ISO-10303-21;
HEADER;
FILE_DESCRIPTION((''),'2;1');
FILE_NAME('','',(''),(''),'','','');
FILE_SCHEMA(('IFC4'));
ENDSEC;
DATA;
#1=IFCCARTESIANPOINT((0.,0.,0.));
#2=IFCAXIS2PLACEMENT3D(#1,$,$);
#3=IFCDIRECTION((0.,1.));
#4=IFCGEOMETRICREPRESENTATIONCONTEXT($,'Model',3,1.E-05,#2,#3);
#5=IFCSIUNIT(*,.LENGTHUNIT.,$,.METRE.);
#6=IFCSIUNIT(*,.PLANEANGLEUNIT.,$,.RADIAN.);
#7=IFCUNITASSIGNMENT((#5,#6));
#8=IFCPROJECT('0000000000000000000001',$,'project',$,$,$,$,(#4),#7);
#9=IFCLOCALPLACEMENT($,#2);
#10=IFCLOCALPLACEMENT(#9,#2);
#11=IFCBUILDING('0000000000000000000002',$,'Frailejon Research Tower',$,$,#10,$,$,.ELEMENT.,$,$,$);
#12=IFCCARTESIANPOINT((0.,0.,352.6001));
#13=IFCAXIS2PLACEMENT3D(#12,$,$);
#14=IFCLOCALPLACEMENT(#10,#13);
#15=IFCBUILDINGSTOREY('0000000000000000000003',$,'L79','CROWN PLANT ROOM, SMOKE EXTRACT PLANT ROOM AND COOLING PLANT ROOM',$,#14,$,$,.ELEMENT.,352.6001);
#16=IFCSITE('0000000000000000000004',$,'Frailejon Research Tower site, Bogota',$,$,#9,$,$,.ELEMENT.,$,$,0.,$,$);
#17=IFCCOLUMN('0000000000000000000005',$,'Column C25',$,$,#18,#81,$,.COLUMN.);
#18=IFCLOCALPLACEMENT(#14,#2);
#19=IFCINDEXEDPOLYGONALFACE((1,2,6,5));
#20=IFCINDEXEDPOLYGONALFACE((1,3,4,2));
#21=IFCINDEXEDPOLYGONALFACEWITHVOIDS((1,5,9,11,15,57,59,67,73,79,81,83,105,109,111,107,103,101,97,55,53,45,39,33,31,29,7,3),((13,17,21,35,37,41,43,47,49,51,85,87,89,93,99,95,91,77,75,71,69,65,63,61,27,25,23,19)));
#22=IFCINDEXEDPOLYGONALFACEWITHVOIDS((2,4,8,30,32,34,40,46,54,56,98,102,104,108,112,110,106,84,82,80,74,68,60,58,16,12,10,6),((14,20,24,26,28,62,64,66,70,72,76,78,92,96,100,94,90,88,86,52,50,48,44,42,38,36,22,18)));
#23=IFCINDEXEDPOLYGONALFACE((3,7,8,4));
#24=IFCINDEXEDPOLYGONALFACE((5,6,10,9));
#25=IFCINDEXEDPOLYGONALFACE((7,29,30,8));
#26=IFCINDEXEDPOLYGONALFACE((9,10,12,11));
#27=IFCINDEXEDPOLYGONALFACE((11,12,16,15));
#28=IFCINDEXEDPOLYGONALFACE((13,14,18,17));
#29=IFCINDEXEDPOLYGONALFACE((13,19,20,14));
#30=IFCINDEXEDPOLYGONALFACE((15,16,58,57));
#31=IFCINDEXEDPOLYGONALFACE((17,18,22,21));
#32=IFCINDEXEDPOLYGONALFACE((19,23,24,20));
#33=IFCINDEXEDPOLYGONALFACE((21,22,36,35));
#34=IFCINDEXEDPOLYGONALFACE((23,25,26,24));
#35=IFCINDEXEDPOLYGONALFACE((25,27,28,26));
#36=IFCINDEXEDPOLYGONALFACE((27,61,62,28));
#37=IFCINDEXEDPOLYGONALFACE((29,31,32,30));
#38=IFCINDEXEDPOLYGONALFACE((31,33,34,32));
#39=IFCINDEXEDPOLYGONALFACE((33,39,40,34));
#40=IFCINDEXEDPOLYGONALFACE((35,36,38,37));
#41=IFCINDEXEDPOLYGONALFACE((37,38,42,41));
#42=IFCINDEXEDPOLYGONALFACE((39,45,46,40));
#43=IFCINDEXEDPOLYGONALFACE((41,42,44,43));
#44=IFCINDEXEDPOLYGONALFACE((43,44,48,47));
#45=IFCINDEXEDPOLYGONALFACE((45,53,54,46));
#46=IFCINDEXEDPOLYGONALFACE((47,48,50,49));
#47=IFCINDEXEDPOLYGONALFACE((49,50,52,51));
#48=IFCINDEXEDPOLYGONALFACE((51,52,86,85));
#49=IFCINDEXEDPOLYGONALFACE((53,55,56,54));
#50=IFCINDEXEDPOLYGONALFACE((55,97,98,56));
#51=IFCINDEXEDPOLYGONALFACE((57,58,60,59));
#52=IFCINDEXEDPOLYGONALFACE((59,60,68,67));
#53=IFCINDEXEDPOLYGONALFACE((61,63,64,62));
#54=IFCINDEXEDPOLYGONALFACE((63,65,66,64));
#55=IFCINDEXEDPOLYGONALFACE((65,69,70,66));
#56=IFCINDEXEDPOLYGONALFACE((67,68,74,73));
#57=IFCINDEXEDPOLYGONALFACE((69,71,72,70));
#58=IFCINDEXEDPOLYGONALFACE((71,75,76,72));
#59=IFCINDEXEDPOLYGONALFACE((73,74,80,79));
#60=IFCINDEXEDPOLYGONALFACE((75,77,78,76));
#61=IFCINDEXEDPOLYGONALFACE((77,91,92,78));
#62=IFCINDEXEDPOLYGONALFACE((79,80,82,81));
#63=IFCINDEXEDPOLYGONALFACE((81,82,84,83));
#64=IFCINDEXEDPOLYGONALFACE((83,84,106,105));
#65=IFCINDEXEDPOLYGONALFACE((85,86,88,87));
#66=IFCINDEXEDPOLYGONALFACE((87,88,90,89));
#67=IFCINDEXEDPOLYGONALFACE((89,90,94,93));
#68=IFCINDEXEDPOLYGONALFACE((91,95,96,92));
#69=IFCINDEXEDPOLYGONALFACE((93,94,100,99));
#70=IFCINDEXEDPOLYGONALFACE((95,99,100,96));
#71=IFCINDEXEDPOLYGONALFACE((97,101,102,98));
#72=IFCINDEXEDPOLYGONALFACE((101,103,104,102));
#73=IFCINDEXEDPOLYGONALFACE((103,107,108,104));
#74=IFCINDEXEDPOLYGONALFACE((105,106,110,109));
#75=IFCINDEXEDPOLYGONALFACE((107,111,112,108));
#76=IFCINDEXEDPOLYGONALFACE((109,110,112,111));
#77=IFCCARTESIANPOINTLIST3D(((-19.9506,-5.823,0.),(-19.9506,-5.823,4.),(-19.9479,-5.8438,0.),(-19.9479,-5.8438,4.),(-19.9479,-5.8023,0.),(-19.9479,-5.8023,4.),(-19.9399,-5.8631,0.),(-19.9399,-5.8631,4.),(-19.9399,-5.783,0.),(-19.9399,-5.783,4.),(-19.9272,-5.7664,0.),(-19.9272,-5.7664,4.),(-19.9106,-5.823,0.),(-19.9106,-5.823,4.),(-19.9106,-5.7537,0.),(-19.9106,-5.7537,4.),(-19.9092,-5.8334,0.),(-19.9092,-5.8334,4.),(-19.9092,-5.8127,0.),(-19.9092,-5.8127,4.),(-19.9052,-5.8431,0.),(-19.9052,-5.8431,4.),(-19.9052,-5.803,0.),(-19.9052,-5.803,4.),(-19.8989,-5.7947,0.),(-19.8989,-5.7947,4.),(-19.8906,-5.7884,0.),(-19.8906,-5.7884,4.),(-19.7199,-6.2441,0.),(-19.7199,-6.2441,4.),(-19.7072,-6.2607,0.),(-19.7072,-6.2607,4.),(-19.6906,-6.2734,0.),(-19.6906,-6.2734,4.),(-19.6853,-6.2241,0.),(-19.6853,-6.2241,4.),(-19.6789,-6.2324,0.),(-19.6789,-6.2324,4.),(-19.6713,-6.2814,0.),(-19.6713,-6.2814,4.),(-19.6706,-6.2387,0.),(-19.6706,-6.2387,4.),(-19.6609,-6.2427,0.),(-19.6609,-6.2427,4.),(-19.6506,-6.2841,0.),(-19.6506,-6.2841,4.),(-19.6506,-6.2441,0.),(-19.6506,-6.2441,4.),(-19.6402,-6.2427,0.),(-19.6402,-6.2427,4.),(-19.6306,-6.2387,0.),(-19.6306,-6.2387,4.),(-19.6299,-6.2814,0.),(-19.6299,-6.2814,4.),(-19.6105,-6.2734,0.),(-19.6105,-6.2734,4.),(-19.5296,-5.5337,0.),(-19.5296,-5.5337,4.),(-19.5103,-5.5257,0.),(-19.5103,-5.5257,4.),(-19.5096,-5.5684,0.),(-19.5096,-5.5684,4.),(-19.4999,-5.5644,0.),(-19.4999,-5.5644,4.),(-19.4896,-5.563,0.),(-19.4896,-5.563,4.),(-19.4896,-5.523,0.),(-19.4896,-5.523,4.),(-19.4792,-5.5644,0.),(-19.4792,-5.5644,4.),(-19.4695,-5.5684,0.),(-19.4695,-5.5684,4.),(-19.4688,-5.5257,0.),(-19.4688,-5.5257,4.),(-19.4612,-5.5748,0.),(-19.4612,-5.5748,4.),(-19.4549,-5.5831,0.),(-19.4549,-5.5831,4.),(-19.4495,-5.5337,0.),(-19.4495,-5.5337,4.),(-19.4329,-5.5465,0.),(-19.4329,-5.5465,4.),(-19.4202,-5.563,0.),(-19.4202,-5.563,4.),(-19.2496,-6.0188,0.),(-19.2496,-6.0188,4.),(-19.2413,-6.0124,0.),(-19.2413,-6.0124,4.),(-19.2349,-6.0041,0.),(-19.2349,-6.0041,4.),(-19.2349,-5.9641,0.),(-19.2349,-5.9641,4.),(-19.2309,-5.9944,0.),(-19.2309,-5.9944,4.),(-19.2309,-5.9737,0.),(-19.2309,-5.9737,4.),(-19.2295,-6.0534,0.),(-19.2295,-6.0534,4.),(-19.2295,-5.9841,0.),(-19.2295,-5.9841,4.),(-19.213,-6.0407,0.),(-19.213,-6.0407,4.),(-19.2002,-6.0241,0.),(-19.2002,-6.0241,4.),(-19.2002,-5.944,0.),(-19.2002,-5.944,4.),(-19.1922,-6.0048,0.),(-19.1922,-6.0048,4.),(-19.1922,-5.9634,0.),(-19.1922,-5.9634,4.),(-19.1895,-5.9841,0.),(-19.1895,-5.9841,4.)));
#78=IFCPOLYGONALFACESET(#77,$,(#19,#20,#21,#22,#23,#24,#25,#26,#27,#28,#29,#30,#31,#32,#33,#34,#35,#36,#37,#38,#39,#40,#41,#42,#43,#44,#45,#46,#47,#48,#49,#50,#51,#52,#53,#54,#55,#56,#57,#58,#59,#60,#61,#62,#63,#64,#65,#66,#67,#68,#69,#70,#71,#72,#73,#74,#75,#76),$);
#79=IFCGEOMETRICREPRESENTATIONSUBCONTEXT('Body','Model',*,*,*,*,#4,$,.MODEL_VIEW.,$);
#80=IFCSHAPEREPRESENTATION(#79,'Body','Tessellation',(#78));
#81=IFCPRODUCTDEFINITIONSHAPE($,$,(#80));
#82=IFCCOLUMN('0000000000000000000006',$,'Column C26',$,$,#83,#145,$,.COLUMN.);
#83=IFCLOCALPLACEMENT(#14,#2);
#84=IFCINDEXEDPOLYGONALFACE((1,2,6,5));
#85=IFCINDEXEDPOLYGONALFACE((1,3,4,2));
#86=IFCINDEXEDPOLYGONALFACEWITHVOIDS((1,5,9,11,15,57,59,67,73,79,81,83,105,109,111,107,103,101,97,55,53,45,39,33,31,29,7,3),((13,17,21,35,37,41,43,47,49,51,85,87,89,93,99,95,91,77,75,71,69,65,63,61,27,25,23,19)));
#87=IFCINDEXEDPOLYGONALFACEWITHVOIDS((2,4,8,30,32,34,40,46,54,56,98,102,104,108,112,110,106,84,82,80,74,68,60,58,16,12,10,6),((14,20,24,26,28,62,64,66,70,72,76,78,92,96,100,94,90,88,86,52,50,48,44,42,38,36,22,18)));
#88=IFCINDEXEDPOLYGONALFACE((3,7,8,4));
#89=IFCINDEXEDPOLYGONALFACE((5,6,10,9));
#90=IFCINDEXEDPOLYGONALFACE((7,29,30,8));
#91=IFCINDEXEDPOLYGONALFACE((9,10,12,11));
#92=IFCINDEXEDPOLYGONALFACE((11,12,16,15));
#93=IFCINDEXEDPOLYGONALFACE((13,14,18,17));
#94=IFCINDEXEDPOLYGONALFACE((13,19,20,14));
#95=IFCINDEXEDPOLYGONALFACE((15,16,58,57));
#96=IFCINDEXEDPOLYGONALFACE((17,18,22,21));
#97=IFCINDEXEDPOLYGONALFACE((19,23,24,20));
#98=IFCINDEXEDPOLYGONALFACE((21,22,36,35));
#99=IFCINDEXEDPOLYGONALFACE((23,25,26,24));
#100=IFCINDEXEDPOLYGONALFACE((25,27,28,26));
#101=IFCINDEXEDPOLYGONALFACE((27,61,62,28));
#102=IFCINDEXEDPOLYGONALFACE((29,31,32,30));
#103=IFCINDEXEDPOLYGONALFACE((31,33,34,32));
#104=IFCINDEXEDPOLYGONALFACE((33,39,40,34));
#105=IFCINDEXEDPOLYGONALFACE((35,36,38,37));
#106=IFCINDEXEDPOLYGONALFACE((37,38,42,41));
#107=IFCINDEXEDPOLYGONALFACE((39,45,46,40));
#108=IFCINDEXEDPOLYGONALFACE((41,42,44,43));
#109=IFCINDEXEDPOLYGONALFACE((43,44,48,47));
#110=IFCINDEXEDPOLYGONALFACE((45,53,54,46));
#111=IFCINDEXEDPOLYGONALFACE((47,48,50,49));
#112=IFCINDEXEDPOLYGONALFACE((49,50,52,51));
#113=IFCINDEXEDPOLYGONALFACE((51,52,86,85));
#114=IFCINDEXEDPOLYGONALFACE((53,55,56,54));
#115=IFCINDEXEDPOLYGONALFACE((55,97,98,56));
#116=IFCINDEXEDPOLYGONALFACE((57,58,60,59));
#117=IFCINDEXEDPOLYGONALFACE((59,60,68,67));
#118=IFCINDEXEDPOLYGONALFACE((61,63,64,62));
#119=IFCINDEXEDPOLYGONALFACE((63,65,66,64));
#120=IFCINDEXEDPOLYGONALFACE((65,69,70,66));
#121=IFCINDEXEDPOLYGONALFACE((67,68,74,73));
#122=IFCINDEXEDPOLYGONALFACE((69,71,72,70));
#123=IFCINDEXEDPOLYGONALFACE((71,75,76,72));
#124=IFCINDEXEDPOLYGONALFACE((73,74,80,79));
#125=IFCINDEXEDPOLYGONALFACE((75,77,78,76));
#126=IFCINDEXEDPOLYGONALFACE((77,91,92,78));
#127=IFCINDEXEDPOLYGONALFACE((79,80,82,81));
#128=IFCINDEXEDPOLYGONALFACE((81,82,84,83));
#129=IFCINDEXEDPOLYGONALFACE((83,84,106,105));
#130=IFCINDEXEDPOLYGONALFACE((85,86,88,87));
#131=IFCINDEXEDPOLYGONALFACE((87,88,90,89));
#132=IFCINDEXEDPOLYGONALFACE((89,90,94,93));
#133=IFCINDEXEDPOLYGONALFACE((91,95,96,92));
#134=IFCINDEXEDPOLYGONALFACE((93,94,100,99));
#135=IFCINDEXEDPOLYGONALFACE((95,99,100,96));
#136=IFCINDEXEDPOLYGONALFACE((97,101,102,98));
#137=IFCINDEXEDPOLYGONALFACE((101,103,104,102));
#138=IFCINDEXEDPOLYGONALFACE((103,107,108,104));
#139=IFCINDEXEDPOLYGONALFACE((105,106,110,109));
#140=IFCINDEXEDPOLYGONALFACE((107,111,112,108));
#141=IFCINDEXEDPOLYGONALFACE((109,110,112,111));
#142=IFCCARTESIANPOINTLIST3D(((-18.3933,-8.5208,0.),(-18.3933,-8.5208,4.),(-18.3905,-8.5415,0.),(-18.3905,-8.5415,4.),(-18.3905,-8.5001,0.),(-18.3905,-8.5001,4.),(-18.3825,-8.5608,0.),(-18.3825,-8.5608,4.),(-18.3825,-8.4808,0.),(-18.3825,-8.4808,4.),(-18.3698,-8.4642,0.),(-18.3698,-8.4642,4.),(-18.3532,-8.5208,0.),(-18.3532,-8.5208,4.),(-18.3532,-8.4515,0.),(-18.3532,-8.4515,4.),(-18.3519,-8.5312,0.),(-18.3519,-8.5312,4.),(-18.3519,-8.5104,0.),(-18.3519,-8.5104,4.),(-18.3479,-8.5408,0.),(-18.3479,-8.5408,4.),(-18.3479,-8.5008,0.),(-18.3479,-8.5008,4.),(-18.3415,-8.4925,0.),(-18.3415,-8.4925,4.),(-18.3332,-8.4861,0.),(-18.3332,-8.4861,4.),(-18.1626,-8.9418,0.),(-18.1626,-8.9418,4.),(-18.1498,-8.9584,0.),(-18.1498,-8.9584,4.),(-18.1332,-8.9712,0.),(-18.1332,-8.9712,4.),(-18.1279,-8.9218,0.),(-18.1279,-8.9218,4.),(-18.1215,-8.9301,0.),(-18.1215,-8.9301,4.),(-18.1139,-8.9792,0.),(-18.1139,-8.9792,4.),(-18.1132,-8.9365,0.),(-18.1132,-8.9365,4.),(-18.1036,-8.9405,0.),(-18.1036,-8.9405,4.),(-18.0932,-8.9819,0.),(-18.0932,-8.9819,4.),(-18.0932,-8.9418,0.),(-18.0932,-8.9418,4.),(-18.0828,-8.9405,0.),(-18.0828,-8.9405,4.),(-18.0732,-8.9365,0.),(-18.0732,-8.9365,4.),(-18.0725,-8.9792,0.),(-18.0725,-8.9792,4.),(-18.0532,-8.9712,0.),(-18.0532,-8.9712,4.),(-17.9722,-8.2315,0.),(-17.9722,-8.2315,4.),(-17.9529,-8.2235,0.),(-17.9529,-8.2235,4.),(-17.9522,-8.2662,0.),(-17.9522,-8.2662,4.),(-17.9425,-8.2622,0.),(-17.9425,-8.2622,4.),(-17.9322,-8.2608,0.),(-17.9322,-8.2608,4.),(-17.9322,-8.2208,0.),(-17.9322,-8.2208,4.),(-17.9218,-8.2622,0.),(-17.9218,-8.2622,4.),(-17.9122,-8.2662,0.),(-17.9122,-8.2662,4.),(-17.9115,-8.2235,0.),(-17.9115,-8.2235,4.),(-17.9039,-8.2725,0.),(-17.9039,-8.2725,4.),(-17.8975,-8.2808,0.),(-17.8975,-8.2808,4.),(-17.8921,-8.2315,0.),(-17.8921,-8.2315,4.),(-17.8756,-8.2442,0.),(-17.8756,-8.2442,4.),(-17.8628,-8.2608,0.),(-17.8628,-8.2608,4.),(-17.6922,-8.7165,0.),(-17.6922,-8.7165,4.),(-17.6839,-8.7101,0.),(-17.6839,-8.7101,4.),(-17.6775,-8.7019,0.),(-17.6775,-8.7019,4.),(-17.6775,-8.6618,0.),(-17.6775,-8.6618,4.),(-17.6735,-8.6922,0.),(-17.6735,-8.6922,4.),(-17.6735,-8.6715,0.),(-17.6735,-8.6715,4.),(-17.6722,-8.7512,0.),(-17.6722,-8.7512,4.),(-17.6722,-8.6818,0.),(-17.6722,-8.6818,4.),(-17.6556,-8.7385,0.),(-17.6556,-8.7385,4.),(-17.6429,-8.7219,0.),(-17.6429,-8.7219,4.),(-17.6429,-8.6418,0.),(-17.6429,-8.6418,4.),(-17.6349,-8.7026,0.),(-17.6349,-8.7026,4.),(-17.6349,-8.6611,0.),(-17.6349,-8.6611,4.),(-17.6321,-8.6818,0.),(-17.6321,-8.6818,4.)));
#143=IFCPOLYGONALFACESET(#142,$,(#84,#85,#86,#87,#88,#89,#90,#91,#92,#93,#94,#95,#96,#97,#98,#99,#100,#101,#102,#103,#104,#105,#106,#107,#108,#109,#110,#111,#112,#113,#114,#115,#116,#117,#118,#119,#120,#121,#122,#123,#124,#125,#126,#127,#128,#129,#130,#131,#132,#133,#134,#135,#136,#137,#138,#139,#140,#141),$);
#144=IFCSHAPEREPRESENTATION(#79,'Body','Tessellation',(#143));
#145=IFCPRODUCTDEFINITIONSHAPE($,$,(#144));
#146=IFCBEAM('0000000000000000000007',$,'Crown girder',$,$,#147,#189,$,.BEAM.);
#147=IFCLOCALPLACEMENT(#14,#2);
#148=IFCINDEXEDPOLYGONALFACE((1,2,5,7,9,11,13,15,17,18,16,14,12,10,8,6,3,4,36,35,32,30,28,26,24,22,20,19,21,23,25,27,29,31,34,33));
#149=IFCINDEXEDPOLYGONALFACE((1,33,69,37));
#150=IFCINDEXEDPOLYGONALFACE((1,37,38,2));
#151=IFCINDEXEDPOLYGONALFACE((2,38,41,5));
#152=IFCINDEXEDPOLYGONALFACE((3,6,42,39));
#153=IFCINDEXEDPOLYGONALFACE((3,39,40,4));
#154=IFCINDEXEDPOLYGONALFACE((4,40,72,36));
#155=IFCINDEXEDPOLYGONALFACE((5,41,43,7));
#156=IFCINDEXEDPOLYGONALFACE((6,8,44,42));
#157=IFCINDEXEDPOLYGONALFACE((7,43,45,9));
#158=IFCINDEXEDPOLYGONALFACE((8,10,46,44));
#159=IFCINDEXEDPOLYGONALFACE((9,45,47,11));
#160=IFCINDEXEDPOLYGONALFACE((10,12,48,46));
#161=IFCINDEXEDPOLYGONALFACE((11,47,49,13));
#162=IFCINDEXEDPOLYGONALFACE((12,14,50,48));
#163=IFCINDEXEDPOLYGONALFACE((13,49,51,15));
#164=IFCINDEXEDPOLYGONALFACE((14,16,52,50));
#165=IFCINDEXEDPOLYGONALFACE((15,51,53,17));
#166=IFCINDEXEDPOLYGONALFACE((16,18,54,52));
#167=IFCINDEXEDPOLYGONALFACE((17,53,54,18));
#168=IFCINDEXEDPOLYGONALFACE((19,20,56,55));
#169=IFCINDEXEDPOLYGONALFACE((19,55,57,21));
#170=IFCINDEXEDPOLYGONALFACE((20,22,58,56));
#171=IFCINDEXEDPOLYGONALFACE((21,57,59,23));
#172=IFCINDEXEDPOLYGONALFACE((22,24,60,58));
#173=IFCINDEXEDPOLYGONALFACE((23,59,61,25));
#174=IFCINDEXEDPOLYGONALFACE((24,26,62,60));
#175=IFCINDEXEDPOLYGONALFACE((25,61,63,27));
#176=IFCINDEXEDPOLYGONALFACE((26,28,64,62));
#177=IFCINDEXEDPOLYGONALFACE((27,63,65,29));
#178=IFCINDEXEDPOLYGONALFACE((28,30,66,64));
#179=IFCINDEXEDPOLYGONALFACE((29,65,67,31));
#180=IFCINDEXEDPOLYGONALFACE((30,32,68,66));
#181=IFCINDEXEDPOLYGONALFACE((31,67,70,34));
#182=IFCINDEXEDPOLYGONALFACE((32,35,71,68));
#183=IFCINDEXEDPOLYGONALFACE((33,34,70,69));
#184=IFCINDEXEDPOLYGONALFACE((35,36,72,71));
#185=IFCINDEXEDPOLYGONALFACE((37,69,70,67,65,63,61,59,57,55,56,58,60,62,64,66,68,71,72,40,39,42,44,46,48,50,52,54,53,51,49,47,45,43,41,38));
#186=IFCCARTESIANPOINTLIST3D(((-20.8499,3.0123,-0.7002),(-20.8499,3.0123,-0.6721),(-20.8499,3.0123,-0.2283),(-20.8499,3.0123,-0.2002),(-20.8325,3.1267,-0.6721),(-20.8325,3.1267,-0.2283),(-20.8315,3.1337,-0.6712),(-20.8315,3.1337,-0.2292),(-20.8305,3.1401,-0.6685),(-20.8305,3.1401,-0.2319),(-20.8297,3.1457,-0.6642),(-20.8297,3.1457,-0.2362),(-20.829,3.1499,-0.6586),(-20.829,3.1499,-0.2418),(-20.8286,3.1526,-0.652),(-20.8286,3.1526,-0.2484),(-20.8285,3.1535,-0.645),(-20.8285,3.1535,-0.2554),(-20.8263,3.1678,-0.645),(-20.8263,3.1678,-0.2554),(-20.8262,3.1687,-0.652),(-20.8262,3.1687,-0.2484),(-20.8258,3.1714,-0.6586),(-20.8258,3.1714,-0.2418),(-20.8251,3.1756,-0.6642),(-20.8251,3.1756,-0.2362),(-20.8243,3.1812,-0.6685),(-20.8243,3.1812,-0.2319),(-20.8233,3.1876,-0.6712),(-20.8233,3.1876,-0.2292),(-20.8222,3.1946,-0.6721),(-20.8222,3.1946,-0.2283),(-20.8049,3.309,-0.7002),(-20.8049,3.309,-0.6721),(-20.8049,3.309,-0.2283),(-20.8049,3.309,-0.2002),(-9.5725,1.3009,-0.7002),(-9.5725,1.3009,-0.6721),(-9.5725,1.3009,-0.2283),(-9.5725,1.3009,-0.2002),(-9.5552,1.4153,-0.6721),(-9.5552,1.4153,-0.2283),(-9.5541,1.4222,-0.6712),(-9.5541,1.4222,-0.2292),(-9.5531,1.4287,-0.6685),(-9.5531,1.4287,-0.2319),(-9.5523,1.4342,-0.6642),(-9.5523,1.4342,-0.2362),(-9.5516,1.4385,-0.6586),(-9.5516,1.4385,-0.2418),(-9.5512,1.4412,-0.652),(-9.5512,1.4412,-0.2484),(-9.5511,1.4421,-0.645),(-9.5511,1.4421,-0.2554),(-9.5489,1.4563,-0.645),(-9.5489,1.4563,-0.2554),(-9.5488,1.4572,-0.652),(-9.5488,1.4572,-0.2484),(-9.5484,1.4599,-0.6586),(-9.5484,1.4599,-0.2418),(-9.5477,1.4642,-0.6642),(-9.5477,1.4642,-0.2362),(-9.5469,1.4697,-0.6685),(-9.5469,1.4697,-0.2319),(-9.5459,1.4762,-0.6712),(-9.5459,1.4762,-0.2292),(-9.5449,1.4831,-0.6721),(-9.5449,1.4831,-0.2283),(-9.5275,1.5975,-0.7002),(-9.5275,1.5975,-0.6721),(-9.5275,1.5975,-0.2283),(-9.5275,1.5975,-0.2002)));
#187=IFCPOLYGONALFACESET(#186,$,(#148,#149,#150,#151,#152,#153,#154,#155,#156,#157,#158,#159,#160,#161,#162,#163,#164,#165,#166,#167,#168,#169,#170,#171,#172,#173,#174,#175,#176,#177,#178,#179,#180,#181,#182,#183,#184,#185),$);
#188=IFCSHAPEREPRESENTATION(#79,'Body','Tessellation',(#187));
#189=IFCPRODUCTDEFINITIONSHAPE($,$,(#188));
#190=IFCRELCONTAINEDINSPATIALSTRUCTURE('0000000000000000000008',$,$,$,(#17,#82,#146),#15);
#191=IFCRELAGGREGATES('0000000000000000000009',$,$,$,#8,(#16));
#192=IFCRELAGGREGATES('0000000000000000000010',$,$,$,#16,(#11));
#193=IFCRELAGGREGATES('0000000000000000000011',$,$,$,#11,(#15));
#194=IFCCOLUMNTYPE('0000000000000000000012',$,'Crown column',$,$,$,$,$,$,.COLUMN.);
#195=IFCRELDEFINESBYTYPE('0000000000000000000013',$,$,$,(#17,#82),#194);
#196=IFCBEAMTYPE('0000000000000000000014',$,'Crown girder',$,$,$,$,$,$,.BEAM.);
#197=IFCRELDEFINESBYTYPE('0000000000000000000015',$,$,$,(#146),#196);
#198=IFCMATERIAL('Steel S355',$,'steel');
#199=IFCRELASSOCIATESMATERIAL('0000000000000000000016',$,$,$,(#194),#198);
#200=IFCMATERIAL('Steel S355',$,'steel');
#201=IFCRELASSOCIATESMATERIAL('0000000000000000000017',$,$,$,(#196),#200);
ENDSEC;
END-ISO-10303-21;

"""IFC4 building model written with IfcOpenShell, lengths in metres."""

from ifc_helpers import new_model, si_unit, direction, frame, origin, origin_2d, place, context, subcontext, project, spatial, hollow_rectangle, i_section, extrude, material, material_profile, profile_set, type_object, element, save


model = new_model("IFC4")

# Units and contexts
model_context = context("Model", 3, precision=1e-05, world=origin(), true_north=direction((0.0, 1.0)))
body_context = subcontext(model_context, "Body", "Model", "MODEL_VIEW")
ifc_project = project(units=[si_unit("LENGTHUNIT", "METRE"), si_unit("PLANEANGLEUNIT", "RADIAN")], contexts=[model_context])

# Site, building, storey
site_placement = place(None, origin())
site = spatial("IfcSite", under=ifc_project, at=site_placement, Name="Frailejon Research Tower site, Bogota", CompositionType="ELEMENT", RefElevation=0.0)
building_placement = place(site_placement, origin())
building = spatial("IfcBuilding", under=site, at=building_placement, Name="Frailejon Research Tower", CompositionType="ELEMENT")
storey_placement = place(building_placement, frame((0.0, 0.0, 352.6001)))
storey = spatial("IfcBuildingStorey", under=building, at=storey_placement, Name="L79", Description="CROWN PLANT ROOM, SMOKE EXTRACT PLANT ROOM AND COOLING PLANT ROOM", CompositionType="ELEMENT", Elevation=352.6001)

# Columns
ifc_material_1 = material(Name="Steel S355", Category="steel")
ifc_material_profile_1 = material_profile(ifc_material_1, hollow_rectangle(XDim=0.6001, YDim=0.6001, WallThickness=0.04, InnerFilletRadius=0.04, OuterFilletRadius=0.0801, at=origin_2d()), Name="Crown column")
ifc_profile_set_1 = profile_set([ifc_material_profile_1], Name="Steel S355")
column_type = type_object("IfcColumnType", Name="Crown column", PredefinedType="COLUMN", material=ifc_profile_set_1)
for number, where, z_axis, x_axis, name in (
    (1, (-19.5701, -5.9036, 0.0), (0.0, 0.0, 1.0), (0.5, -0.866025, 0.0), "Column C25"),
    (2, (-18.0127, -8.6013, 0.0), (0.0, 0.0, 1.0), (0.5, -0.866025, 0.0), "Column C26"),
):
    element("IfcColumn", number, at=place(storey_placement, frame(where, z_axis=z_axis, x_axis=x_axis)), inside=storey, type_object=column_type, Name=name, PredefinedType="COLUMN", context=body_context, shape_type="SweptSolid", body=[
        extrude(hollow_rectangle(XDim=0.6001, YDim=0.6001, WallThickness=0.04, InnerFilletRadius=0.04, OuterFilletRadius=0.0801, at=origin_2d()), origin(), (0.0, 0.0, 1.0), 4.0),
    ])

# Beam
ifc_material_2 = material(Name="Steel S355", Category="steel")
ifc_material_profile_2 = material_profile(ifc_material_2, i_section(OverallWidth=0.3, OverallDepth=0.5, WebThickness=0.0144, FlangeThickness=0.0281, FilletRadius=0.0271, at=origin_2d()), Name="HE 500 B")
ifc_profile_set_2 = profile_set([ifc_material_profile_2], Name="Steel S355")
beam_type_1 = type_object("IfcBeamType", Name="Crown girder", PredefinedType="BEAM", material=ifc_profile_set_2)
beam_1_placement = place(storey_placement, frame((-20.8274, 3.1606, -0.4502), z_axis=(0.98868, -0.15004, 0.0), x_axis=(0.15004, 0.98868, 0.0)))
element("IfcBeam", 3, at=beam_1_placement, inside=storey, type_object=beam_type_1, Name="Crown girder", PredefinedType="BEAM", context=body_context, shape_type="SweptSolid", body=[
    extrude(i_section(OverallWidth=0.3, OverallDepth=0.5, WebThickness=0.0144, FlangeThickness=0.0281, FilletRadius=0.0271, at=origin_2d()), origin(), (0.0, 0.0, 1.0), 11.4065),
])

save(model, "model.ifc")
